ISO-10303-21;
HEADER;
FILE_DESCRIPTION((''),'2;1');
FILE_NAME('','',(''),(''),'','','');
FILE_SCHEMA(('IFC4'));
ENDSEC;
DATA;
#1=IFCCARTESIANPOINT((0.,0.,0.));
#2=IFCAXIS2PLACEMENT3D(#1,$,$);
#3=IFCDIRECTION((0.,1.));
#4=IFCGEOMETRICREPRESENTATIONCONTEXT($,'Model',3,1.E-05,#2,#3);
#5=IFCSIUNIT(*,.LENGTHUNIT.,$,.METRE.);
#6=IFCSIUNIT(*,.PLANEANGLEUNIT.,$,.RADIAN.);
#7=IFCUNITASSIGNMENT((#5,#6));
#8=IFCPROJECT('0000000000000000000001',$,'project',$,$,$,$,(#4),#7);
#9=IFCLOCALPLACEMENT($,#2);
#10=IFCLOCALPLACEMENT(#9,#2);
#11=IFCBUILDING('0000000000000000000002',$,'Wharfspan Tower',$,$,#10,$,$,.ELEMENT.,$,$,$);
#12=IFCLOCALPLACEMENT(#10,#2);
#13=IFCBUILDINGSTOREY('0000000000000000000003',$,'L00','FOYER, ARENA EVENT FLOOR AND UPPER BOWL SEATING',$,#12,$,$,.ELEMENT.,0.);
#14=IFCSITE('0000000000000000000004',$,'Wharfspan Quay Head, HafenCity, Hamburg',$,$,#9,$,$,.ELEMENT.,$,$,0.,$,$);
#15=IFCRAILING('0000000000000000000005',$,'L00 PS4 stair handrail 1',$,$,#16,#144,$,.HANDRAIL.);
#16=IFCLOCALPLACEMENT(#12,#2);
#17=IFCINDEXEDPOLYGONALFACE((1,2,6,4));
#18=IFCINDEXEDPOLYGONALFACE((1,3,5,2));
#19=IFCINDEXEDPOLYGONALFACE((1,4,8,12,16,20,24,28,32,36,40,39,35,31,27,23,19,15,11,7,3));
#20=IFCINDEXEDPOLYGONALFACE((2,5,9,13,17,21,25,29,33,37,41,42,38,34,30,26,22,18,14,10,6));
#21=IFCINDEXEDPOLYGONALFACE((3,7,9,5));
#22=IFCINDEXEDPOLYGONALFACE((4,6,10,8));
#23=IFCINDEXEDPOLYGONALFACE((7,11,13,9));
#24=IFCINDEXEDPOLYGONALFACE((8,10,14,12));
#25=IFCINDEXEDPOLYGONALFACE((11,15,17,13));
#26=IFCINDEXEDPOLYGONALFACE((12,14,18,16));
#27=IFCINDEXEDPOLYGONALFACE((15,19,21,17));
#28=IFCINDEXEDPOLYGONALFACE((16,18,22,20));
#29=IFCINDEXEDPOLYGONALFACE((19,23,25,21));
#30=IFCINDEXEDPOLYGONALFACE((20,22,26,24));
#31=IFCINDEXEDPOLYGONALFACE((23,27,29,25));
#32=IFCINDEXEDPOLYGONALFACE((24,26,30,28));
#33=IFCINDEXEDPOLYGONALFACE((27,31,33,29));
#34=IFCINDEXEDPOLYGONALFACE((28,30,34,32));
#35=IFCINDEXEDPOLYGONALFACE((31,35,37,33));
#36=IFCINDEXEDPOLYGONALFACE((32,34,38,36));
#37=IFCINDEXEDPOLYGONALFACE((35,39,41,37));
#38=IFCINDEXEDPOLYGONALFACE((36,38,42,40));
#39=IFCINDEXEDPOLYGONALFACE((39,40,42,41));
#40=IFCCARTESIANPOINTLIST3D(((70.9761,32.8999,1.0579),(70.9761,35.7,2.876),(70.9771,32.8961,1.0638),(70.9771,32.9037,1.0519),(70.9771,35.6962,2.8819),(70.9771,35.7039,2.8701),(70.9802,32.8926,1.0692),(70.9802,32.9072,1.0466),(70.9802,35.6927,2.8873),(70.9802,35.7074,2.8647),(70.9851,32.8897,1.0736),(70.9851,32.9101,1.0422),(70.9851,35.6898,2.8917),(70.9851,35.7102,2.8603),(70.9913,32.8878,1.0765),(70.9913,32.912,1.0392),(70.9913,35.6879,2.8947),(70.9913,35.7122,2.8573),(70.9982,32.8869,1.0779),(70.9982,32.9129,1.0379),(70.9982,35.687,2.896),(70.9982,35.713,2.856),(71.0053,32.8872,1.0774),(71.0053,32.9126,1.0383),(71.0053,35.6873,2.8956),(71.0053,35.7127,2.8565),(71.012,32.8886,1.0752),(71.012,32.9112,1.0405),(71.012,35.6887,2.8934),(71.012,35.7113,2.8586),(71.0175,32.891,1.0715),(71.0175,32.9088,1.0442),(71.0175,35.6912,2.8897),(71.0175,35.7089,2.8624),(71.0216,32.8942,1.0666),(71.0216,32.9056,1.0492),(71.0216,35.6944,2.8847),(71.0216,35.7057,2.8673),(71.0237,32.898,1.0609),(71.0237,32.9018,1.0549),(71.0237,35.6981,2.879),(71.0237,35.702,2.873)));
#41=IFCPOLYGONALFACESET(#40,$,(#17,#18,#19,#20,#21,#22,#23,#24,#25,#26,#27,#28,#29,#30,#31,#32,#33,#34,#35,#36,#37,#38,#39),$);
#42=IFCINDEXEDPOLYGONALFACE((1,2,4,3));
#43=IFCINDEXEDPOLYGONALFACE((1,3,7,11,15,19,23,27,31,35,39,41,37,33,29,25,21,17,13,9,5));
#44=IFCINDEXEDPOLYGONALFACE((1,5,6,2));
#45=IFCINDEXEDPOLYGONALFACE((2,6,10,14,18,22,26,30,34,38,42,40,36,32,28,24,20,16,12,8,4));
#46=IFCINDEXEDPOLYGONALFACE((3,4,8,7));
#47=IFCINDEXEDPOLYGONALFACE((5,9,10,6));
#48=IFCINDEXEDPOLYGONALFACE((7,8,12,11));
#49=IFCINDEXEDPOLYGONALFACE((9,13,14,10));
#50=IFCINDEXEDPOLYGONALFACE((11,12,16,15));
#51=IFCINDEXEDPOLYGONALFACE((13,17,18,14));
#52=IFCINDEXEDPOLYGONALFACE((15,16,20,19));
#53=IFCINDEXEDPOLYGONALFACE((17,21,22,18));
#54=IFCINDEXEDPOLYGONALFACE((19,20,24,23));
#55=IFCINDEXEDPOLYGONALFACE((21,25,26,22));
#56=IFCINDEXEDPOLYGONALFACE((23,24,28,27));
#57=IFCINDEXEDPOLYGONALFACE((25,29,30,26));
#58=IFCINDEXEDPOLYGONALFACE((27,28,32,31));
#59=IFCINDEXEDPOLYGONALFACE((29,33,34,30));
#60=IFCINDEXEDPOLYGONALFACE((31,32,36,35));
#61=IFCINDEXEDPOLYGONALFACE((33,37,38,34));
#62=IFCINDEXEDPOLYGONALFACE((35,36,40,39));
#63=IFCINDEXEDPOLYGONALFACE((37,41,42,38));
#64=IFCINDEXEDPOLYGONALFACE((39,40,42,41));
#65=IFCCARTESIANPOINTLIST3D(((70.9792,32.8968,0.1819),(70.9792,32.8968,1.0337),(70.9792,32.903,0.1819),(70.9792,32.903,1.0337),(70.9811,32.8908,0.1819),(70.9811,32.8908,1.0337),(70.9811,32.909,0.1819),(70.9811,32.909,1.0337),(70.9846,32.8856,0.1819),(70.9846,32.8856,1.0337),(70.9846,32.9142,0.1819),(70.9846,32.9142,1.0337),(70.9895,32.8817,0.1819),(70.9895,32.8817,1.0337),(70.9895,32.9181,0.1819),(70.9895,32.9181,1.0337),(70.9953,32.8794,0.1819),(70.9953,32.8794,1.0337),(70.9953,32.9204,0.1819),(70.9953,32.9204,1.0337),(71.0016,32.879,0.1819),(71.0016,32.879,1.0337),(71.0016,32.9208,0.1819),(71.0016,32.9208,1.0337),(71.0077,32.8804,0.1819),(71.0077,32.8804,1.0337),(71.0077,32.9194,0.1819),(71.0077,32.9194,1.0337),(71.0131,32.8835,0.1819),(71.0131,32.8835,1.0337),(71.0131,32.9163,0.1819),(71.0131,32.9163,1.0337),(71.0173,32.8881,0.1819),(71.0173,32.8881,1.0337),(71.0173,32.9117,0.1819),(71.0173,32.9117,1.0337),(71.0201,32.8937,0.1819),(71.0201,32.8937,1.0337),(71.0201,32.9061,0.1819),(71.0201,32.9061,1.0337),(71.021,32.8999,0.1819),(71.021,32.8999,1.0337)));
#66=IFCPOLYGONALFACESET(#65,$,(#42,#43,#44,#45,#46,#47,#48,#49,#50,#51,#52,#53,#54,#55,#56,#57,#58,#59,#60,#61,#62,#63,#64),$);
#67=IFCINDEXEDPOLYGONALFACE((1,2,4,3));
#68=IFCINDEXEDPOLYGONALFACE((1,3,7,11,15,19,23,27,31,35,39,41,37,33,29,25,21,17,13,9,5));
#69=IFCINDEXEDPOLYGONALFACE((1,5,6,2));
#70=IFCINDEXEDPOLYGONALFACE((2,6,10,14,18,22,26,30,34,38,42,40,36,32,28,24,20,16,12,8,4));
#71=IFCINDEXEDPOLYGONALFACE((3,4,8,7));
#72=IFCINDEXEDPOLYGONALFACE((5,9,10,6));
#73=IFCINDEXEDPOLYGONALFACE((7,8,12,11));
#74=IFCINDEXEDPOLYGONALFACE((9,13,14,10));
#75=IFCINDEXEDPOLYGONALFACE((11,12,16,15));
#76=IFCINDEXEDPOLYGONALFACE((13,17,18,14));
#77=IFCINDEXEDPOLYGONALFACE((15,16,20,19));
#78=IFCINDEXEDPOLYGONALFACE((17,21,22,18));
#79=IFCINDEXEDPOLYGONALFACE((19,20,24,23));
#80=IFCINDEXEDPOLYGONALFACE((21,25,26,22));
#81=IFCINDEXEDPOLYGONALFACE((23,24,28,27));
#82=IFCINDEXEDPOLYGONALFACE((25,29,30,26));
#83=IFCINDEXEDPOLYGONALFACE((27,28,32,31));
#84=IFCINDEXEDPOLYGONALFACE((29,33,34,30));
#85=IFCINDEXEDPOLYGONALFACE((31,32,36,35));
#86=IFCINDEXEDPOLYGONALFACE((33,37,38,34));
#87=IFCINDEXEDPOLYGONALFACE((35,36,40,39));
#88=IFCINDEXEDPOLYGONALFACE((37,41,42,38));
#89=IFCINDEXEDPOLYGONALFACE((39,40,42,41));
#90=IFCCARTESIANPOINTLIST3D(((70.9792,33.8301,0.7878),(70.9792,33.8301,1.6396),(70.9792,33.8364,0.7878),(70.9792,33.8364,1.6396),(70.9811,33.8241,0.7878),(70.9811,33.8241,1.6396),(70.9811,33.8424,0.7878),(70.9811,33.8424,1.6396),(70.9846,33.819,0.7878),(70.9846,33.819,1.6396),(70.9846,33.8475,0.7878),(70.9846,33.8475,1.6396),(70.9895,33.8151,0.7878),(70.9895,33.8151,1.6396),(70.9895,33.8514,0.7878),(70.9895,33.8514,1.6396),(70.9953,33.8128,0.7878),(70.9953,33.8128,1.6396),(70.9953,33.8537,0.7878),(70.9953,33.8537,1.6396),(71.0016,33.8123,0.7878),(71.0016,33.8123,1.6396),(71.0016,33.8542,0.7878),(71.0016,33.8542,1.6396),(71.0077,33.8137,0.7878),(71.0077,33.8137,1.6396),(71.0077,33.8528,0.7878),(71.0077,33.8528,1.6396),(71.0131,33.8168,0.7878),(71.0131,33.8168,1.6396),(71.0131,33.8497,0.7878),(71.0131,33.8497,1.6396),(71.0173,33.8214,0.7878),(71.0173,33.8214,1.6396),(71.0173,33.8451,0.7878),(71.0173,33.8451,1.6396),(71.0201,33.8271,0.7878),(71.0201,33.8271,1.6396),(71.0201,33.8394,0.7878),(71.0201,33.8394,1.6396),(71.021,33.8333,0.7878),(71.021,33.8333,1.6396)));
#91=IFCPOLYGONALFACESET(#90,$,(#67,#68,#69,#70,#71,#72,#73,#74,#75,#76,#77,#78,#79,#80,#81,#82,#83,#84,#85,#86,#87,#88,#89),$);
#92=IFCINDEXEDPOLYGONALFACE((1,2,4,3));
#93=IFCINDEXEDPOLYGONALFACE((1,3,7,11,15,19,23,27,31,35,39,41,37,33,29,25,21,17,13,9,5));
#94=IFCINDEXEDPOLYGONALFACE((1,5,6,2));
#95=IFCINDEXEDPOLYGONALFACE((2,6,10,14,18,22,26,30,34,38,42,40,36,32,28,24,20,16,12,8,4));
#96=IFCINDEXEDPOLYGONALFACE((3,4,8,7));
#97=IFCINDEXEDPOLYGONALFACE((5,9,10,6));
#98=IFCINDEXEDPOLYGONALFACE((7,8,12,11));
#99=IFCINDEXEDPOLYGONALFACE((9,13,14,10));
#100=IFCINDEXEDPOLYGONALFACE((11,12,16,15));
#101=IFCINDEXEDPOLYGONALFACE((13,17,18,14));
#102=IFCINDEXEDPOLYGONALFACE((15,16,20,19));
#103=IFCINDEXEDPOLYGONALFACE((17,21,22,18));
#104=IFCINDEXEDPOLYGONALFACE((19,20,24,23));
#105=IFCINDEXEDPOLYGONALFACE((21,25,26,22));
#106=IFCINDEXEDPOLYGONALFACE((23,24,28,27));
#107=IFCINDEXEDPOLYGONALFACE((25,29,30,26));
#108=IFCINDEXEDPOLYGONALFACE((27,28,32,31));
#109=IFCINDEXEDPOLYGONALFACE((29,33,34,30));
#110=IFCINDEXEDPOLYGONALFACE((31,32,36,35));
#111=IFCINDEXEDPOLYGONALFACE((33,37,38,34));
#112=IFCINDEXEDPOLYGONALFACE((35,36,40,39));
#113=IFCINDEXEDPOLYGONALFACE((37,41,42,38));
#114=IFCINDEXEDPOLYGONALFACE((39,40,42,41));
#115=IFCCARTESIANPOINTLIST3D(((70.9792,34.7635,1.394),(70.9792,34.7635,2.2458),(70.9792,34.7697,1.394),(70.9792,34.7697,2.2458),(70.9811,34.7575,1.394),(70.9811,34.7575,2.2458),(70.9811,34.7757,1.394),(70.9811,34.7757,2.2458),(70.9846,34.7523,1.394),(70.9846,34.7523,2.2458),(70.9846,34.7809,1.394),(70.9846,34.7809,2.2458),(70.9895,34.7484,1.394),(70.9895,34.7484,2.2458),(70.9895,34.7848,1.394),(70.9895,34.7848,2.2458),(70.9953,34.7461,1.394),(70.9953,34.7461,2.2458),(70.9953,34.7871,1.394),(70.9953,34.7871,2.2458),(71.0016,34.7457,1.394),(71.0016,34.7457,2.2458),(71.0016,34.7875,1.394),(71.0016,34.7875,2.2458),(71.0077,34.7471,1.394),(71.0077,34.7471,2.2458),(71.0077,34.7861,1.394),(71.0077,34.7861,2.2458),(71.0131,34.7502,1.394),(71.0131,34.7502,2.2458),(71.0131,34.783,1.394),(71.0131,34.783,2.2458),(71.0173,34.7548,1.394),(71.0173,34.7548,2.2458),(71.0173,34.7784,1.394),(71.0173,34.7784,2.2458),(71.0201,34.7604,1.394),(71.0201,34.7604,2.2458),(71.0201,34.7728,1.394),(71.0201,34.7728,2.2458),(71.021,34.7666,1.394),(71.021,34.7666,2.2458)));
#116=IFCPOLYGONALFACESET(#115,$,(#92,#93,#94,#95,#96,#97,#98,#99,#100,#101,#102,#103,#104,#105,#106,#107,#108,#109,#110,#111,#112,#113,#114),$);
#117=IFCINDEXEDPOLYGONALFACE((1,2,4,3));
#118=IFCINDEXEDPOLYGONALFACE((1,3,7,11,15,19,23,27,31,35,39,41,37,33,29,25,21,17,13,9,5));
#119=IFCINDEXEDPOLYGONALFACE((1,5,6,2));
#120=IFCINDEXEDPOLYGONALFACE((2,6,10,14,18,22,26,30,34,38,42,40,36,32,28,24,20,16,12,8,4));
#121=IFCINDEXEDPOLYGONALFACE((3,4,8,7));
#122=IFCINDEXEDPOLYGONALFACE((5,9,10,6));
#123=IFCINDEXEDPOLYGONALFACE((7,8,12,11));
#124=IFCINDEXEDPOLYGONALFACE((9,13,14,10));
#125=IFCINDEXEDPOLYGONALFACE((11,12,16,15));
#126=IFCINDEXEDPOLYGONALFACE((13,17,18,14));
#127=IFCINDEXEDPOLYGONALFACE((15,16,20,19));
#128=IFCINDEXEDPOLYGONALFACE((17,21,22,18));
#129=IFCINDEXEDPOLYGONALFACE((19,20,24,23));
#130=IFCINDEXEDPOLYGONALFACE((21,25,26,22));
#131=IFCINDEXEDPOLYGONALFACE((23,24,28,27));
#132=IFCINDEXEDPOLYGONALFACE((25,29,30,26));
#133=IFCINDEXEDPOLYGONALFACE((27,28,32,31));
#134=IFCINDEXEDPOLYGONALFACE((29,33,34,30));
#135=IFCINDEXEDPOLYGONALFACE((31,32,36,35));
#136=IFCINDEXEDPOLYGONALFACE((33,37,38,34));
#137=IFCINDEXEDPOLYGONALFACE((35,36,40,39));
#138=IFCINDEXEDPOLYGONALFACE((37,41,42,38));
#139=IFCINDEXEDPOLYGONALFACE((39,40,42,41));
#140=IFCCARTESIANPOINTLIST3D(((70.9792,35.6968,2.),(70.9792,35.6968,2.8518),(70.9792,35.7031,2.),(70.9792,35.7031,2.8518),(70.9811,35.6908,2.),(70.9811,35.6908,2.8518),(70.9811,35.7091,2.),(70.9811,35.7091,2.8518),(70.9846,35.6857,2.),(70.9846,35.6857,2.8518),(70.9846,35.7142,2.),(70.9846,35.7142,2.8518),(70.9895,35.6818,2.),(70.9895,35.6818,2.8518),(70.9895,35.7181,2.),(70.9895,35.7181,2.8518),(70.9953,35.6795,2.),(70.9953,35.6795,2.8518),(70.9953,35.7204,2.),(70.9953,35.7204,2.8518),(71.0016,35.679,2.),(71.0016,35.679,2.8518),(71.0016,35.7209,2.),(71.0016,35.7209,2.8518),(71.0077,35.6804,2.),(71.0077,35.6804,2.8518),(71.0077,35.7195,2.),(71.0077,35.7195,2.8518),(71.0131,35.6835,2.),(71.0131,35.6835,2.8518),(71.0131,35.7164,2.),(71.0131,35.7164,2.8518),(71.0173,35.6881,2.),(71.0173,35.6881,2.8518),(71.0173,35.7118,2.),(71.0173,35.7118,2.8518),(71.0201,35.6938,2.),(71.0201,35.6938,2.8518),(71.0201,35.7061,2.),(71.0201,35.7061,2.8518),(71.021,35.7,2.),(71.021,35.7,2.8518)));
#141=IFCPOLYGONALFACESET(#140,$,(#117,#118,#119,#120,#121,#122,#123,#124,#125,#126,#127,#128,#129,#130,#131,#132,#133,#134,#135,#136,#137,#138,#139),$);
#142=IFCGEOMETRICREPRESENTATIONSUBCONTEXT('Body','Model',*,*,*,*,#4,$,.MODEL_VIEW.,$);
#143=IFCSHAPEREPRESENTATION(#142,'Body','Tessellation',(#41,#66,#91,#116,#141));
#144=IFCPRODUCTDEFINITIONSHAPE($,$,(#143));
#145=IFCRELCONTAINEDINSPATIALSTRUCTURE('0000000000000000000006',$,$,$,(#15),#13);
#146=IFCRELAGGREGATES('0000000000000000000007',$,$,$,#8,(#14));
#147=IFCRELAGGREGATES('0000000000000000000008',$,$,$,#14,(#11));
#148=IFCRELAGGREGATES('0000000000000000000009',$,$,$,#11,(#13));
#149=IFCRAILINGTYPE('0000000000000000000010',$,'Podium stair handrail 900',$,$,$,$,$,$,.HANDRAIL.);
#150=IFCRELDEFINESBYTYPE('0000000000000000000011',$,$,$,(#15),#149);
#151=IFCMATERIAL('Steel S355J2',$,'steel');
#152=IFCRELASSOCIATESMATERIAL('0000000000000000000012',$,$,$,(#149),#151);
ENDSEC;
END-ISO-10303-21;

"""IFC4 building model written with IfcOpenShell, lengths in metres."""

from ifc_helpers import new_model, si_unit, direction, frame, origin, origin_2d, place, context, subcontext, project, spatial, circle, extrude, material, type_object, element, save


model = new_model("IFC4")

# Units and contexts
model_context = context("Model", 3, precision=1e-05, world=origin(), true_north=direction((0.0, 1.0)))
body_context = subcontext(model_context, "Body", "Model", "MODEL_VIEW")
ifc_project = project(units=[si_unit("LENGTHUNIT", "METRE"), si_unit("PLANEANGLEUNIT", "RADIAN")], contexts=[model_context])

# Site, building, storey
site_placement = place(None, origin())
site = spatial("IfcSite", under=ifc_project, at=site_placement, Name="Wharfspan Quay Head, HafenCity, Hamburg", CompositionType="ELEMENT", RefElevation=0.0)
building_placement = place(site_placement, origin())
building = spatial("IfcBuilding", under=site, at=building_placement, Name="Wharfspan Tower", CompositionType="ELEMENT")
storey_placement = place(building_placement, origin())
storey = spatial("IfcBuildingStorey", under=building, at=storey_placement, Name="L00", Description="FOYER, ARENA EVENT FLOOR AND UPPER BOWL SEATING", CompositionType="ELEMENT", Elevation=0.0)

# Railing
ifc_material_1 = material(Name="Steel S355J2", Category="steel")
railing_type_1 = type_object("IfcRailingType", Name="Podium stair handrail 900", PredefinedType="HANDRAIL", material=ifc_material_1)
railing_1_placement = place(storey_placement, frame((71.0, 32.8999, 0.1819)))
element("IfcRailing", 1, at=railing_1_placement, inside=storey, type_object=railing_type_1, Name="L00 PS4 stair handrail 1", PredefinedType="HANDRAIL", context=body_context, shape_type="SweptSolid", body=[
    extrude(circle(Radius=0.0239, at=origin_2d()), frame((0.0, 0.0, 0.876), z_axis=(0.0, 0.838706, 0.544585), x_axis=(-1.0, 0.0, 0.0)), (0.0, 0.0, 1.0), 3.3386),
    extrude(circle(Radius=0.021, at=origin_2d()), origin(), (0.0, 0.0, 1.0), 0.8518),
    extrude(circle(Radius=0.021, at=origin_2d()), frame((0.0, 0.9334, 0.606)), (0.0, 0.0, 1.0), 0.8518),
    extrude(circle(Radius=0.021, at=origin_2d()), frame((0.0, 1.8667, 1.2122)), (0.0, 0.0, 1.0), 0.8518),
    extrude(circle(Radius=0.021, at=origin_2d()), frame((0.0, 2.8, 1.8181)), (0.0, 0.0, 1.0), 0.8518),
])

save(model, "model.ifc")
